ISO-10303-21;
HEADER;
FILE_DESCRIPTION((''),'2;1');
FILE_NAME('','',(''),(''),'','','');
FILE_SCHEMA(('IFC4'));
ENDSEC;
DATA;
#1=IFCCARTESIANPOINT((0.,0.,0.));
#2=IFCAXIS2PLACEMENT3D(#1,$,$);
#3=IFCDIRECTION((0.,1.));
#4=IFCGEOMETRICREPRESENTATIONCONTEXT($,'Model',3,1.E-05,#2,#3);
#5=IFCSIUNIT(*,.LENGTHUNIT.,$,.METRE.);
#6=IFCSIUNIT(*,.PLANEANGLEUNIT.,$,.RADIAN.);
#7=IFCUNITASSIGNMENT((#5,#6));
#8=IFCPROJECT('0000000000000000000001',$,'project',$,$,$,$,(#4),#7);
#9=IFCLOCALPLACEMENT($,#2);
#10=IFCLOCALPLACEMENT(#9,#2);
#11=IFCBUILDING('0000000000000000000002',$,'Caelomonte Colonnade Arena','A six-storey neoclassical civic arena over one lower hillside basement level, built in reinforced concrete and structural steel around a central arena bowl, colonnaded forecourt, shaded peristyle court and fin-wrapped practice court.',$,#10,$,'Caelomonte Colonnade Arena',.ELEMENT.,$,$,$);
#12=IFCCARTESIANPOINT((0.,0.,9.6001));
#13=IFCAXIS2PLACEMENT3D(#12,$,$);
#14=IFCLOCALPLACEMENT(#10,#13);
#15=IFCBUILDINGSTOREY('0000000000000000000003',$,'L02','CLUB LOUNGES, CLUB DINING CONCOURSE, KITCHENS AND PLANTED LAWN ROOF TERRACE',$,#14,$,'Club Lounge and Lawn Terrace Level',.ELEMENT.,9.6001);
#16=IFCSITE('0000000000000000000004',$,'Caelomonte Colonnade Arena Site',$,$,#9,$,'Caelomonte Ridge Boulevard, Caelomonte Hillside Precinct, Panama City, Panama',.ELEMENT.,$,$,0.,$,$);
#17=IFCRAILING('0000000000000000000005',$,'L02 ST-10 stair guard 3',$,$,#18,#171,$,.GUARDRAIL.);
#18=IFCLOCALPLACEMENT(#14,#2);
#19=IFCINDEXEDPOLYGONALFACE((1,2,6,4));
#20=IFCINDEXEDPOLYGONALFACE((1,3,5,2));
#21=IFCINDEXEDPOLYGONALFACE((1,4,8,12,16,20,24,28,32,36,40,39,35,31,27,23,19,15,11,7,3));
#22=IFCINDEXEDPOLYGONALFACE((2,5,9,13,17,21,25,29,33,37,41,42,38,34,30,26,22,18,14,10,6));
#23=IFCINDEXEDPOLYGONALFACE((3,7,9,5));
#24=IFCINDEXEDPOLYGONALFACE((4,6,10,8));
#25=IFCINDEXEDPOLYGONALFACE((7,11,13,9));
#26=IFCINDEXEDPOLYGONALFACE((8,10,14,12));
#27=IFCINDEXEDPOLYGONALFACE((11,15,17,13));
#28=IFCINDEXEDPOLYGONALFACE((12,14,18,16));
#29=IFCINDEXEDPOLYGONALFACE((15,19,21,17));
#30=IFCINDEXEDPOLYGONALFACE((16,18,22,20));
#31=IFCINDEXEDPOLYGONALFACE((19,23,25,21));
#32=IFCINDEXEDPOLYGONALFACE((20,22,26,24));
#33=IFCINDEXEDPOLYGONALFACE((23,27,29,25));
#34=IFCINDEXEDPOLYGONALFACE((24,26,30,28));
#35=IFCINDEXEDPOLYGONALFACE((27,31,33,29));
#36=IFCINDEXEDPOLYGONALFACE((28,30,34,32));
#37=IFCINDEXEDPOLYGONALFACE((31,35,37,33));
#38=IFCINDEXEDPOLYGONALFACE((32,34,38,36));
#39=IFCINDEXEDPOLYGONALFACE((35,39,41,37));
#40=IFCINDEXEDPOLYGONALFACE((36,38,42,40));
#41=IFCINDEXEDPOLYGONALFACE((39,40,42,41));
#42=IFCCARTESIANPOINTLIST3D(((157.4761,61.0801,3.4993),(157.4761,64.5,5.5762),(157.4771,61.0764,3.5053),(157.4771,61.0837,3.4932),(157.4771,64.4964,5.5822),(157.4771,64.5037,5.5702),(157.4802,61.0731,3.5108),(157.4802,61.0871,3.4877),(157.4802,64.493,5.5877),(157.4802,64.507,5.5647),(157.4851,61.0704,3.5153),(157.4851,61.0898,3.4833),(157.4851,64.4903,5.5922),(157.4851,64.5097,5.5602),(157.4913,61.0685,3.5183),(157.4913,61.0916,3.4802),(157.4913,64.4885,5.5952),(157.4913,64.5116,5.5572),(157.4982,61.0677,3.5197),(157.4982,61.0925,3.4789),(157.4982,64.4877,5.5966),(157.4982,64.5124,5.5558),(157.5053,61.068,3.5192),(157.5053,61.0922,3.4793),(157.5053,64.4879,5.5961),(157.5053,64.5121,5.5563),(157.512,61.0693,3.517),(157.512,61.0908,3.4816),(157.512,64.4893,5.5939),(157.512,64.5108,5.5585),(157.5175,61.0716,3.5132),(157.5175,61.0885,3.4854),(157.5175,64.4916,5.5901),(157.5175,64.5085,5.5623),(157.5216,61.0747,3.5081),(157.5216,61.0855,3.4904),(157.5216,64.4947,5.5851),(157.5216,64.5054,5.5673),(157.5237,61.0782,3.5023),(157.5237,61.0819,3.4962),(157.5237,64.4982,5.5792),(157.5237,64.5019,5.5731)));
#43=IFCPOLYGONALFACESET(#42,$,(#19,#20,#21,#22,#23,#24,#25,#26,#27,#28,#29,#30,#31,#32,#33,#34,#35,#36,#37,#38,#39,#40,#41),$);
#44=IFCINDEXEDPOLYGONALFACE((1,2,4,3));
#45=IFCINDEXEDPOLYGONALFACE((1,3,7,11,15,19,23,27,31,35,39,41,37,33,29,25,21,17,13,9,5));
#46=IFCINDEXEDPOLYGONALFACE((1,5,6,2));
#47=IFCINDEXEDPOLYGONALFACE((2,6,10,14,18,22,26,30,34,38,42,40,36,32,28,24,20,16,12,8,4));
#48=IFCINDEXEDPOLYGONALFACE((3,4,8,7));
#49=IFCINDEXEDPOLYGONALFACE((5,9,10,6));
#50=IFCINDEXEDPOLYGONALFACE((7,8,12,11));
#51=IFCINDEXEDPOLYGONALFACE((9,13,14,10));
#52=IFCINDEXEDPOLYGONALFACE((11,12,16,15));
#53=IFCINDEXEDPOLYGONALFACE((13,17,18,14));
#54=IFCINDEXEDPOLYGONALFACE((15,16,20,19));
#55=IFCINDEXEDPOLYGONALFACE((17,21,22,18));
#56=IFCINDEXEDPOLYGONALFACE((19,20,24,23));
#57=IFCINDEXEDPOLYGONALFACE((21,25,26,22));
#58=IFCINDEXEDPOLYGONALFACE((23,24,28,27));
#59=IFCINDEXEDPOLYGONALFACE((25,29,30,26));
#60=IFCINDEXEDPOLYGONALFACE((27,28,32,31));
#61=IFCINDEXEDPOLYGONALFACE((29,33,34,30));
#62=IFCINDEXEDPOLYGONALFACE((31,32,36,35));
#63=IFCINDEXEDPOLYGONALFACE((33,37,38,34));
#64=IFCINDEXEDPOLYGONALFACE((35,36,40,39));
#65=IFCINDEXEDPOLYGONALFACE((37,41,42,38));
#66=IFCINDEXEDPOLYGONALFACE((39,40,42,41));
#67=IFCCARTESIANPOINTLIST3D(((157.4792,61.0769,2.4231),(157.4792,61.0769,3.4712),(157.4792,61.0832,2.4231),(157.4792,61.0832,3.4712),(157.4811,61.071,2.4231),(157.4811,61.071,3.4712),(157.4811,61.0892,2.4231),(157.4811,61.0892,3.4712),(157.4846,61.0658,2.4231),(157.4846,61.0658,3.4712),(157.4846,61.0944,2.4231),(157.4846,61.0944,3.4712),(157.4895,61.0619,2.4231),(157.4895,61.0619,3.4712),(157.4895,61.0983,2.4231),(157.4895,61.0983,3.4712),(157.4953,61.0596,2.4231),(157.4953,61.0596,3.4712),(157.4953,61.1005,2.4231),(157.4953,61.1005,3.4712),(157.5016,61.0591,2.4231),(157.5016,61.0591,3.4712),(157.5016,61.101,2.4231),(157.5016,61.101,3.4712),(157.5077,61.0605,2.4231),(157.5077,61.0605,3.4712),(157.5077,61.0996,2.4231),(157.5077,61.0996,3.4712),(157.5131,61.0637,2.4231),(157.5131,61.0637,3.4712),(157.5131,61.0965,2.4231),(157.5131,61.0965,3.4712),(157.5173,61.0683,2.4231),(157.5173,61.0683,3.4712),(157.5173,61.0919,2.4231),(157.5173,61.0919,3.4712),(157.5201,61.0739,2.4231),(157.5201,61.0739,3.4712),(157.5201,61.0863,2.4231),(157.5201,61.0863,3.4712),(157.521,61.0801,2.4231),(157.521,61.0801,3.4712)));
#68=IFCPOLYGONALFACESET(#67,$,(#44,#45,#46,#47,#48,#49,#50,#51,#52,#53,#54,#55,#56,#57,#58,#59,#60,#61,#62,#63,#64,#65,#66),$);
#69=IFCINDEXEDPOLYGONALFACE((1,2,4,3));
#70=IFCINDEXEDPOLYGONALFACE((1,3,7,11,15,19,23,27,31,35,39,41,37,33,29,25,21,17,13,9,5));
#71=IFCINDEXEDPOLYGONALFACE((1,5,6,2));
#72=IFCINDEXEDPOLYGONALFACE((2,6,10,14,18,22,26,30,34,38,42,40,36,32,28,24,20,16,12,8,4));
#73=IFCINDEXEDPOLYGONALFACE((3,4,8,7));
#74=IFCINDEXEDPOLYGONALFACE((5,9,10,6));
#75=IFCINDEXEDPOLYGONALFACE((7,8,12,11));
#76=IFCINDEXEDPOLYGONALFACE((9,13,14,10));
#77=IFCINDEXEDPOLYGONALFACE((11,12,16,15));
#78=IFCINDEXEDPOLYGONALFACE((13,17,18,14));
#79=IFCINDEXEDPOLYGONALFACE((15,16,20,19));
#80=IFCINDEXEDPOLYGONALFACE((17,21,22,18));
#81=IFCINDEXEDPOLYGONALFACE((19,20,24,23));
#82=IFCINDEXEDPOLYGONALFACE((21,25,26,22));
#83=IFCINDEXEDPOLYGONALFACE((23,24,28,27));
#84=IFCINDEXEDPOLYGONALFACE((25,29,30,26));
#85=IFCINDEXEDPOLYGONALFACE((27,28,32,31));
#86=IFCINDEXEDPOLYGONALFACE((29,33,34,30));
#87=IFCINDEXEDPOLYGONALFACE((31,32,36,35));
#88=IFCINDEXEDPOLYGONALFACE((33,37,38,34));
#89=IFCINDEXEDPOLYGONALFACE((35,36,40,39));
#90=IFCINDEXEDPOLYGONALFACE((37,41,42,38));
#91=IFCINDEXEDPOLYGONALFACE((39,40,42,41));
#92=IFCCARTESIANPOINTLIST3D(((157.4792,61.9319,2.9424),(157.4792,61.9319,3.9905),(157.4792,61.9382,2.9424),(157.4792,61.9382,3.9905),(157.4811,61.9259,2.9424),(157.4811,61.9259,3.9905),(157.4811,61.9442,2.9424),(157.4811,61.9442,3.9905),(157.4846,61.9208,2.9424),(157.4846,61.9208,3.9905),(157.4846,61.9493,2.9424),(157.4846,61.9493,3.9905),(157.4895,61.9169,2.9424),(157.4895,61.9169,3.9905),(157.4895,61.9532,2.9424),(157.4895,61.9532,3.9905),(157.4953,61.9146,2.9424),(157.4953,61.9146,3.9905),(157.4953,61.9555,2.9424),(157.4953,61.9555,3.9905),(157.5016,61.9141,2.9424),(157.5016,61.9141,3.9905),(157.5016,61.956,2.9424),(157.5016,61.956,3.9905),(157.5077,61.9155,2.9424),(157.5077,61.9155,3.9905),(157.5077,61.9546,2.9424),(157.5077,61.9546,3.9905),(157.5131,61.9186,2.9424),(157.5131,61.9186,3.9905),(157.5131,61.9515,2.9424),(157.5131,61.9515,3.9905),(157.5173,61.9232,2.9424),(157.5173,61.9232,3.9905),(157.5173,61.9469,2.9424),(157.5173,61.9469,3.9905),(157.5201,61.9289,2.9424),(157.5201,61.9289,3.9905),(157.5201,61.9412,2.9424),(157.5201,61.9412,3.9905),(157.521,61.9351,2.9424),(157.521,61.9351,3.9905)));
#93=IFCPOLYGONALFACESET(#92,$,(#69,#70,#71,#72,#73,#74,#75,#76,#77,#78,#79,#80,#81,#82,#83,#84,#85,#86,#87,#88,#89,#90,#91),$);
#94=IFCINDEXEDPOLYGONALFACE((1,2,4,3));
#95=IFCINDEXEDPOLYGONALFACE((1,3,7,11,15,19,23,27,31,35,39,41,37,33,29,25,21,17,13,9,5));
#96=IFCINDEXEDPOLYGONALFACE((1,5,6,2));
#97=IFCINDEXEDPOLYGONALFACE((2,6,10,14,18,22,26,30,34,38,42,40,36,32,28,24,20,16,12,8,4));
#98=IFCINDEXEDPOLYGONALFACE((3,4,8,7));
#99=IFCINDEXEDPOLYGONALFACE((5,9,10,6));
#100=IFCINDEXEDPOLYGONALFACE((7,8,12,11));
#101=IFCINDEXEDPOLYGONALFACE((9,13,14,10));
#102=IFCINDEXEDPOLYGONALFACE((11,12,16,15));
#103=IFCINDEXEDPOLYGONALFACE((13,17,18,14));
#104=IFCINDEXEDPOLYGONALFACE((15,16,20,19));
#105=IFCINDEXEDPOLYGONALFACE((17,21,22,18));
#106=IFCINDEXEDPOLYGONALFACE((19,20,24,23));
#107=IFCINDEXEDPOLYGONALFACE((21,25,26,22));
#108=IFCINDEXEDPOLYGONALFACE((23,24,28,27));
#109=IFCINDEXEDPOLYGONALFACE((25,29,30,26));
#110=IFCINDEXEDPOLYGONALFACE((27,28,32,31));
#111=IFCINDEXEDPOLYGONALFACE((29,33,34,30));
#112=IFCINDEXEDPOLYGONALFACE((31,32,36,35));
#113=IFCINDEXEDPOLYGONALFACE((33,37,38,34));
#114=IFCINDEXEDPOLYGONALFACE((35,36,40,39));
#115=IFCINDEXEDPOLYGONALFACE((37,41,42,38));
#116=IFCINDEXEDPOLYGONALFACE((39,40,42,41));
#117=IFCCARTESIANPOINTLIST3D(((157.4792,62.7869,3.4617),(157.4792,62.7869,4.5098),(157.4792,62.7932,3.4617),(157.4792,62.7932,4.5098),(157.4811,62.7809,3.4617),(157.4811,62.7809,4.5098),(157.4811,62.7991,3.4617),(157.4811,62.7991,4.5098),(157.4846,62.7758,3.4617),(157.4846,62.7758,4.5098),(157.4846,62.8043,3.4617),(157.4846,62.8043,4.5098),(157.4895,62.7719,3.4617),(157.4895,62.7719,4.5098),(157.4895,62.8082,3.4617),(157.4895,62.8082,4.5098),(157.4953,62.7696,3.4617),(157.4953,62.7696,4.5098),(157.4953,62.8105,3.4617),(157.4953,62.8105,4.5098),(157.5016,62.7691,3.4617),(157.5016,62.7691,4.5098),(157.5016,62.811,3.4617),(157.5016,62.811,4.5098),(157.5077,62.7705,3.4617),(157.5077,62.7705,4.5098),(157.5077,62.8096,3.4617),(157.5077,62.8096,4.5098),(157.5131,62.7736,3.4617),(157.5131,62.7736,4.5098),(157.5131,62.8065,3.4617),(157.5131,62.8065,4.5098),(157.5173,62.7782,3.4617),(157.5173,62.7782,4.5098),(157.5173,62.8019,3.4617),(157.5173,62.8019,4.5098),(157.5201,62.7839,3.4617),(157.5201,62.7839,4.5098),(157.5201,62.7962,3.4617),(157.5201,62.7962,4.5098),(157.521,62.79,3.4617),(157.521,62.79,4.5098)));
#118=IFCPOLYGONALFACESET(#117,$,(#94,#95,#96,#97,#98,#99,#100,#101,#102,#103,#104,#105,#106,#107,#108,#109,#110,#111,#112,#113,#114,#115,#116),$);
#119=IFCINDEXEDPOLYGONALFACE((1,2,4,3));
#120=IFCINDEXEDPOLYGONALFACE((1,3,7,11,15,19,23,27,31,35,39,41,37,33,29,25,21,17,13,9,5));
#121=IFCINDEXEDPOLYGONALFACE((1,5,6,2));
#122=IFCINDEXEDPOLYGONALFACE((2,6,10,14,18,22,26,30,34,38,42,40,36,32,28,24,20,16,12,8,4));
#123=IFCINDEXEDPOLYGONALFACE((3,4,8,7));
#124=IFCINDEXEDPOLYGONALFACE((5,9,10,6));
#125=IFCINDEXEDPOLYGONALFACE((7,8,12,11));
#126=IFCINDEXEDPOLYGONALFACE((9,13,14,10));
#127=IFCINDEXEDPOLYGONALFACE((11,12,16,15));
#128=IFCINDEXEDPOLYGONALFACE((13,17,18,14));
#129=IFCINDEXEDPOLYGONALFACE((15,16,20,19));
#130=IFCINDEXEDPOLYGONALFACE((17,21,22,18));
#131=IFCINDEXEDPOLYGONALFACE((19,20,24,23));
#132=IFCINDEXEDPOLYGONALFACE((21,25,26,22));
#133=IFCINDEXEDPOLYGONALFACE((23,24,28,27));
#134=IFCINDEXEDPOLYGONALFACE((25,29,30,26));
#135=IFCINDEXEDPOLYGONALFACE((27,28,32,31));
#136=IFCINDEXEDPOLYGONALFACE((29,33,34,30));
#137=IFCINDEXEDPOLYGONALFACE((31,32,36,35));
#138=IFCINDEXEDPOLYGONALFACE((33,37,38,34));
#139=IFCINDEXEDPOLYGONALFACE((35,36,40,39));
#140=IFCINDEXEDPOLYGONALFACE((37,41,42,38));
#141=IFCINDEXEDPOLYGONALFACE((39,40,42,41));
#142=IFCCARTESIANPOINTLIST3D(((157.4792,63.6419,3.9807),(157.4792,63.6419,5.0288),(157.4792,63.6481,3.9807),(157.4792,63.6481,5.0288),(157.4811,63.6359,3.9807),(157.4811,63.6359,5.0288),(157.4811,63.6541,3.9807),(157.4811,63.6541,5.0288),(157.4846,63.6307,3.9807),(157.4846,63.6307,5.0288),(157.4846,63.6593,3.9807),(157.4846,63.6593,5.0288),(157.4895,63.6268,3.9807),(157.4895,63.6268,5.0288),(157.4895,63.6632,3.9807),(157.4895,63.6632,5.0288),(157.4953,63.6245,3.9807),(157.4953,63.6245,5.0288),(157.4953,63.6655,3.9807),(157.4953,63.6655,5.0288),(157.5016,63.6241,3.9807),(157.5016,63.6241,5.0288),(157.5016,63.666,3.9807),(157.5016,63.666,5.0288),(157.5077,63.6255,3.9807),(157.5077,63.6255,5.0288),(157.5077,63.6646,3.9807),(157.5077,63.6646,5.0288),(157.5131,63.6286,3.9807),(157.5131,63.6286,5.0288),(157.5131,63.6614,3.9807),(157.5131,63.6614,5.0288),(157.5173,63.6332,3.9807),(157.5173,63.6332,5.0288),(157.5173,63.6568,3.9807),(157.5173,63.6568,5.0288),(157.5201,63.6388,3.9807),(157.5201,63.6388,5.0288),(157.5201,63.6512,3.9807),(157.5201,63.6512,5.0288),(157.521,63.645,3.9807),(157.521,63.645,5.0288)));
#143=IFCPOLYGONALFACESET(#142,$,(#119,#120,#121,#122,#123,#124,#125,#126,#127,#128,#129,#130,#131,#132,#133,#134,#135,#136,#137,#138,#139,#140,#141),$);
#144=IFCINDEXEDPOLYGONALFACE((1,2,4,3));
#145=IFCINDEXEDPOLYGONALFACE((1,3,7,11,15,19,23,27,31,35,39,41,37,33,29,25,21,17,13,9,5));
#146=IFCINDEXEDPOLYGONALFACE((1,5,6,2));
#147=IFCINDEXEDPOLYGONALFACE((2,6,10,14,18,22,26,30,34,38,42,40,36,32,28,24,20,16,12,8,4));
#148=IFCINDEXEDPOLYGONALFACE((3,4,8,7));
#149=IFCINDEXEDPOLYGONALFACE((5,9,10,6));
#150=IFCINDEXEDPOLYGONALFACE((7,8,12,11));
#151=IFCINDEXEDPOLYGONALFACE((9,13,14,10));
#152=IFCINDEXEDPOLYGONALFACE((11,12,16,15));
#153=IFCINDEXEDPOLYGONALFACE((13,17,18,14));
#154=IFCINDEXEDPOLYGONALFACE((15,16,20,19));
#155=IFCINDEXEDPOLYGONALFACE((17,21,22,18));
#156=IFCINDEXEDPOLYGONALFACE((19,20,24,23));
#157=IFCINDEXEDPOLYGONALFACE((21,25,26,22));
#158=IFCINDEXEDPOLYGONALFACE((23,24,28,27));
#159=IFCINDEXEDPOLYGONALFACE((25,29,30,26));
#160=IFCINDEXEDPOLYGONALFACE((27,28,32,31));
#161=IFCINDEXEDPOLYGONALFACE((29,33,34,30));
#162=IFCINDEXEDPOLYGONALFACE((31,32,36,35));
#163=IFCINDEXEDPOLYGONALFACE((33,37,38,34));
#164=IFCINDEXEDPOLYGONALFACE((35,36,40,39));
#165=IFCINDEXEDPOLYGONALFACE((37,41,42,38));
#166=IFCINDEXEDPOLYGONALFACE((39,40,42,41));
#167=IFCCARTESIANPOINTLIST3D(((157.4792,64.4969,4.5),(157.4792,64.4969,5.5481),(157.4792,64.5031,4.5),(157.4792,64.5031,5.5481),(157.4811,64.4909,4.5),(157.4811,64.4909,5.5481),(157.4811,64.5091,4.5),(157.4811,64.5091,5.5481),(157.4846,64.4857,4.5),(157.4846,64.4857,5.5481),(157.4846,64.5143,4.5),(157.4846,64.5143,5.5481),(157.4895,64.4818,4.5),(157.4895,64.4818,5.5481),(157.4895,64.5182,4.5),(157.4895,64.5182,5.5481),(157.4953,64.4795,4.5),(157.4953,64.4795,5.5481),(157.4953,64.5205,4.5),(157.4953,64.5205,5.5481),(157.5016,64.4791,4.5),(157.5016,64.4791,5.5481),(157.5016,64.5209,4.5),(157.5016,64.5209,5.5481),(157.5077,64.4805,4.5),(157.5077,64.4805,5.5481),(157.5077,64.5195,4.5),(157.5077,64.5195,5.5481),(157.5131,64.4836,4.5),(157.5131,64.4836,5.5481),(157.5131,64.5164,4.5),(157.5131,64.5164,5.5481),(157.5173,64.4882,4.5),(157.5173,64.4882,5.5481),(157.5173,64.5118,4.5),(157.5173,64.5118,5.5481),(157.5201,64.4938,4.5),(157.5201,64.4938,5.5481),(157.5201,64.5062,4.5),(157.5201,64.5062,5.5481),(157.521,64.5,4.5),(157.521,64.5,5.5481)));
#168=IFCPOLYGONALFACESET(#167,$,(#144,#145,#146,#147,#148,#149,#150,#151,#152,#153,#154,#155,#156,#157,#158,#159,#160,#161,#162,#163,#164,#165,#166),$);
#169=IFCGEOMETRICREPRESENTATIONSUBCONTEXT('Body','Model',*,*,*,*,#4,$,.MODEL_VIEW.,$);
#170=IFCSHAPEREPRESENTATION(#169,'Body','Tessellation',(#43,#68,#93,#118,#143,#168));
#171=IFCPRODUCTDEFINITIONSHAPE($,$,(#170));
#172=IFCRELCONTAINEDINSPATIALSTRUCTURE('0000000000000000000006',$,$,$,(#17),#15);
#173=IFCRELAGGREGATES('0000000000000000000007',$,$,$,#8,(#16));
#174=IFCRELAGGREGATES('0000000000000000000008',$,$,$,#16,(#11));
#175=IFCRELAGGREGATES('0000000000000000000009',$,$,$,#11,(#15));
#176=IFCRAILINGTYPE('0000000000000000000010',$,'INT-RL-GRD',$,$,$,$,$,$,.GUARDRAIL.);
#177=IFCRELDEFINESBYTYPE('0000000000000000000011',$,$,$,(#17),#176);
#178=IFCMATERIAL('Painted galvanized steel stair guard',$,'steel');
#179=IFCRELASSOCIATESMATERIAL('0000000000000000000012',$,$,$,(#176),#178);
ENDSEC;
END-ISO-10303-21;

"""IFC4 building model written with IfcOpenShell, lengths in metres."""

from ifc_helpers import new_model, si_unit, direction, frame, origin, origin_2d, place, context, subcontext, project, spatial, circle, extrude, material, type_object, element, save


model = new_model("IFC4")

# Units and contexts
model_context = context("Model", 3, precision=1e-05, world=origin(), true_north=direction((0.0, 1.0)))
body_context = subcontext(model_context, "Body", "Model", "MODEL_VIEW")
ifc_project = project(units=[si_unit("LENGTHUNIT", "METRE"), si_unit("PLANEANGLEUNIT", "RADIAN")], contexts=[model_context])

# Site, building, storey
site_placement = place(None, origin())
site = spatial("IfcSite", under=ifc_project, at=site_placement, Name="Caelomonte Colonnade Arena Site", LongName="Caelomonte Ridge Boulevard, Caelomonte Hillside Precinct, Panama City, Panama", CompositionType="ELEMENT", RefElevation=0.0)
building_placement = place(site_placement, origin())
building = spatial("IfcBuilding", under=site, at=building_placement, Name="Caelomonte Colonnade Arena", Description="A six-storey neoclassical civic arena over one lower hillside basement level, built in reinforced concrete and structural steel around a central arena bowl, colonnaded forecourt, shaded peristyle court and fin-wrapped practice court.", LongName="Caelomonte Colonnade Arena", CompositionType="ELEMENT")
storey_placement = place(building_placement, frame((0.0, 0.0, 9.6001)))
storey = spatial("IfcBuildingStorey", under=building, at=storey_placement, Name="L02", Description="CLUB LOUNGES, CLUB DINING CONCOURSE, KITCHENS AND PLANTED LAWN ROOF TERRACE", LongName="Club Lounge and Lawn Terrace Level", CompositionType="ELEMENT", Elevation=9.6001)

# Railing
ifc_material_1 = material(Name="Painted galvanized steel stair guard", Category="steel")
railing_type_1 = type_object("IfcRailingType", Name="INT-RL-GRD", PredefinedType="GUARDRAIL", material=ifc_material_1)
railing_1_placement = place(storey_placement, frame((157.5, 61.0801, 2.4231)))
element("IfcRailing", 1, at=railing_1_placement, inside=storey, type_object=railing_type_1, Name="L02 ST-10 stair guard 3", PredefinedType="GUARDRAIL", context=body_context, shape_type="SweptSolid", body=[
    extrude(circle(Radius=0.0239, at=origin_2d()), frame((0.0, 0.0, 1.0762), z_axis=(0.0, 0.85473, 0.519074), x_axis=(-1.0, 0.0, 0.0)), (0.0, 0.0, 1.0), 4.0012),
    extrude(circle(Radius=0.021, at=origin_2d()), origin(), (0.0, 0.0, 1.0), 1.0481),
    extrude(circle(Radius=0.021, at=origin_2d()), frame((0.0, 0.855, 0.5193)), (0.0, 0.0, 1.0), 1.0481),
    extrude(circle(Radius=0.021, at=origin_2d()), frame((0.0, 1.71, 1.0386)), (0.0, 0.0, 1.0), 1.0481),
    extrude(circle(Radius=0.021, at=origin_2d()), frame((0.0, 2.5649, 1.5576)), (0.0, 0.0, 1.0), 1.0481),
    extrude(circle(Radius=0.021, at=origin_2d()), frame((0.0, 3.4199, 2.0769)), (0.0, 0.0, 1.0), 1.0481),
])

save(model, "model.ifc")
